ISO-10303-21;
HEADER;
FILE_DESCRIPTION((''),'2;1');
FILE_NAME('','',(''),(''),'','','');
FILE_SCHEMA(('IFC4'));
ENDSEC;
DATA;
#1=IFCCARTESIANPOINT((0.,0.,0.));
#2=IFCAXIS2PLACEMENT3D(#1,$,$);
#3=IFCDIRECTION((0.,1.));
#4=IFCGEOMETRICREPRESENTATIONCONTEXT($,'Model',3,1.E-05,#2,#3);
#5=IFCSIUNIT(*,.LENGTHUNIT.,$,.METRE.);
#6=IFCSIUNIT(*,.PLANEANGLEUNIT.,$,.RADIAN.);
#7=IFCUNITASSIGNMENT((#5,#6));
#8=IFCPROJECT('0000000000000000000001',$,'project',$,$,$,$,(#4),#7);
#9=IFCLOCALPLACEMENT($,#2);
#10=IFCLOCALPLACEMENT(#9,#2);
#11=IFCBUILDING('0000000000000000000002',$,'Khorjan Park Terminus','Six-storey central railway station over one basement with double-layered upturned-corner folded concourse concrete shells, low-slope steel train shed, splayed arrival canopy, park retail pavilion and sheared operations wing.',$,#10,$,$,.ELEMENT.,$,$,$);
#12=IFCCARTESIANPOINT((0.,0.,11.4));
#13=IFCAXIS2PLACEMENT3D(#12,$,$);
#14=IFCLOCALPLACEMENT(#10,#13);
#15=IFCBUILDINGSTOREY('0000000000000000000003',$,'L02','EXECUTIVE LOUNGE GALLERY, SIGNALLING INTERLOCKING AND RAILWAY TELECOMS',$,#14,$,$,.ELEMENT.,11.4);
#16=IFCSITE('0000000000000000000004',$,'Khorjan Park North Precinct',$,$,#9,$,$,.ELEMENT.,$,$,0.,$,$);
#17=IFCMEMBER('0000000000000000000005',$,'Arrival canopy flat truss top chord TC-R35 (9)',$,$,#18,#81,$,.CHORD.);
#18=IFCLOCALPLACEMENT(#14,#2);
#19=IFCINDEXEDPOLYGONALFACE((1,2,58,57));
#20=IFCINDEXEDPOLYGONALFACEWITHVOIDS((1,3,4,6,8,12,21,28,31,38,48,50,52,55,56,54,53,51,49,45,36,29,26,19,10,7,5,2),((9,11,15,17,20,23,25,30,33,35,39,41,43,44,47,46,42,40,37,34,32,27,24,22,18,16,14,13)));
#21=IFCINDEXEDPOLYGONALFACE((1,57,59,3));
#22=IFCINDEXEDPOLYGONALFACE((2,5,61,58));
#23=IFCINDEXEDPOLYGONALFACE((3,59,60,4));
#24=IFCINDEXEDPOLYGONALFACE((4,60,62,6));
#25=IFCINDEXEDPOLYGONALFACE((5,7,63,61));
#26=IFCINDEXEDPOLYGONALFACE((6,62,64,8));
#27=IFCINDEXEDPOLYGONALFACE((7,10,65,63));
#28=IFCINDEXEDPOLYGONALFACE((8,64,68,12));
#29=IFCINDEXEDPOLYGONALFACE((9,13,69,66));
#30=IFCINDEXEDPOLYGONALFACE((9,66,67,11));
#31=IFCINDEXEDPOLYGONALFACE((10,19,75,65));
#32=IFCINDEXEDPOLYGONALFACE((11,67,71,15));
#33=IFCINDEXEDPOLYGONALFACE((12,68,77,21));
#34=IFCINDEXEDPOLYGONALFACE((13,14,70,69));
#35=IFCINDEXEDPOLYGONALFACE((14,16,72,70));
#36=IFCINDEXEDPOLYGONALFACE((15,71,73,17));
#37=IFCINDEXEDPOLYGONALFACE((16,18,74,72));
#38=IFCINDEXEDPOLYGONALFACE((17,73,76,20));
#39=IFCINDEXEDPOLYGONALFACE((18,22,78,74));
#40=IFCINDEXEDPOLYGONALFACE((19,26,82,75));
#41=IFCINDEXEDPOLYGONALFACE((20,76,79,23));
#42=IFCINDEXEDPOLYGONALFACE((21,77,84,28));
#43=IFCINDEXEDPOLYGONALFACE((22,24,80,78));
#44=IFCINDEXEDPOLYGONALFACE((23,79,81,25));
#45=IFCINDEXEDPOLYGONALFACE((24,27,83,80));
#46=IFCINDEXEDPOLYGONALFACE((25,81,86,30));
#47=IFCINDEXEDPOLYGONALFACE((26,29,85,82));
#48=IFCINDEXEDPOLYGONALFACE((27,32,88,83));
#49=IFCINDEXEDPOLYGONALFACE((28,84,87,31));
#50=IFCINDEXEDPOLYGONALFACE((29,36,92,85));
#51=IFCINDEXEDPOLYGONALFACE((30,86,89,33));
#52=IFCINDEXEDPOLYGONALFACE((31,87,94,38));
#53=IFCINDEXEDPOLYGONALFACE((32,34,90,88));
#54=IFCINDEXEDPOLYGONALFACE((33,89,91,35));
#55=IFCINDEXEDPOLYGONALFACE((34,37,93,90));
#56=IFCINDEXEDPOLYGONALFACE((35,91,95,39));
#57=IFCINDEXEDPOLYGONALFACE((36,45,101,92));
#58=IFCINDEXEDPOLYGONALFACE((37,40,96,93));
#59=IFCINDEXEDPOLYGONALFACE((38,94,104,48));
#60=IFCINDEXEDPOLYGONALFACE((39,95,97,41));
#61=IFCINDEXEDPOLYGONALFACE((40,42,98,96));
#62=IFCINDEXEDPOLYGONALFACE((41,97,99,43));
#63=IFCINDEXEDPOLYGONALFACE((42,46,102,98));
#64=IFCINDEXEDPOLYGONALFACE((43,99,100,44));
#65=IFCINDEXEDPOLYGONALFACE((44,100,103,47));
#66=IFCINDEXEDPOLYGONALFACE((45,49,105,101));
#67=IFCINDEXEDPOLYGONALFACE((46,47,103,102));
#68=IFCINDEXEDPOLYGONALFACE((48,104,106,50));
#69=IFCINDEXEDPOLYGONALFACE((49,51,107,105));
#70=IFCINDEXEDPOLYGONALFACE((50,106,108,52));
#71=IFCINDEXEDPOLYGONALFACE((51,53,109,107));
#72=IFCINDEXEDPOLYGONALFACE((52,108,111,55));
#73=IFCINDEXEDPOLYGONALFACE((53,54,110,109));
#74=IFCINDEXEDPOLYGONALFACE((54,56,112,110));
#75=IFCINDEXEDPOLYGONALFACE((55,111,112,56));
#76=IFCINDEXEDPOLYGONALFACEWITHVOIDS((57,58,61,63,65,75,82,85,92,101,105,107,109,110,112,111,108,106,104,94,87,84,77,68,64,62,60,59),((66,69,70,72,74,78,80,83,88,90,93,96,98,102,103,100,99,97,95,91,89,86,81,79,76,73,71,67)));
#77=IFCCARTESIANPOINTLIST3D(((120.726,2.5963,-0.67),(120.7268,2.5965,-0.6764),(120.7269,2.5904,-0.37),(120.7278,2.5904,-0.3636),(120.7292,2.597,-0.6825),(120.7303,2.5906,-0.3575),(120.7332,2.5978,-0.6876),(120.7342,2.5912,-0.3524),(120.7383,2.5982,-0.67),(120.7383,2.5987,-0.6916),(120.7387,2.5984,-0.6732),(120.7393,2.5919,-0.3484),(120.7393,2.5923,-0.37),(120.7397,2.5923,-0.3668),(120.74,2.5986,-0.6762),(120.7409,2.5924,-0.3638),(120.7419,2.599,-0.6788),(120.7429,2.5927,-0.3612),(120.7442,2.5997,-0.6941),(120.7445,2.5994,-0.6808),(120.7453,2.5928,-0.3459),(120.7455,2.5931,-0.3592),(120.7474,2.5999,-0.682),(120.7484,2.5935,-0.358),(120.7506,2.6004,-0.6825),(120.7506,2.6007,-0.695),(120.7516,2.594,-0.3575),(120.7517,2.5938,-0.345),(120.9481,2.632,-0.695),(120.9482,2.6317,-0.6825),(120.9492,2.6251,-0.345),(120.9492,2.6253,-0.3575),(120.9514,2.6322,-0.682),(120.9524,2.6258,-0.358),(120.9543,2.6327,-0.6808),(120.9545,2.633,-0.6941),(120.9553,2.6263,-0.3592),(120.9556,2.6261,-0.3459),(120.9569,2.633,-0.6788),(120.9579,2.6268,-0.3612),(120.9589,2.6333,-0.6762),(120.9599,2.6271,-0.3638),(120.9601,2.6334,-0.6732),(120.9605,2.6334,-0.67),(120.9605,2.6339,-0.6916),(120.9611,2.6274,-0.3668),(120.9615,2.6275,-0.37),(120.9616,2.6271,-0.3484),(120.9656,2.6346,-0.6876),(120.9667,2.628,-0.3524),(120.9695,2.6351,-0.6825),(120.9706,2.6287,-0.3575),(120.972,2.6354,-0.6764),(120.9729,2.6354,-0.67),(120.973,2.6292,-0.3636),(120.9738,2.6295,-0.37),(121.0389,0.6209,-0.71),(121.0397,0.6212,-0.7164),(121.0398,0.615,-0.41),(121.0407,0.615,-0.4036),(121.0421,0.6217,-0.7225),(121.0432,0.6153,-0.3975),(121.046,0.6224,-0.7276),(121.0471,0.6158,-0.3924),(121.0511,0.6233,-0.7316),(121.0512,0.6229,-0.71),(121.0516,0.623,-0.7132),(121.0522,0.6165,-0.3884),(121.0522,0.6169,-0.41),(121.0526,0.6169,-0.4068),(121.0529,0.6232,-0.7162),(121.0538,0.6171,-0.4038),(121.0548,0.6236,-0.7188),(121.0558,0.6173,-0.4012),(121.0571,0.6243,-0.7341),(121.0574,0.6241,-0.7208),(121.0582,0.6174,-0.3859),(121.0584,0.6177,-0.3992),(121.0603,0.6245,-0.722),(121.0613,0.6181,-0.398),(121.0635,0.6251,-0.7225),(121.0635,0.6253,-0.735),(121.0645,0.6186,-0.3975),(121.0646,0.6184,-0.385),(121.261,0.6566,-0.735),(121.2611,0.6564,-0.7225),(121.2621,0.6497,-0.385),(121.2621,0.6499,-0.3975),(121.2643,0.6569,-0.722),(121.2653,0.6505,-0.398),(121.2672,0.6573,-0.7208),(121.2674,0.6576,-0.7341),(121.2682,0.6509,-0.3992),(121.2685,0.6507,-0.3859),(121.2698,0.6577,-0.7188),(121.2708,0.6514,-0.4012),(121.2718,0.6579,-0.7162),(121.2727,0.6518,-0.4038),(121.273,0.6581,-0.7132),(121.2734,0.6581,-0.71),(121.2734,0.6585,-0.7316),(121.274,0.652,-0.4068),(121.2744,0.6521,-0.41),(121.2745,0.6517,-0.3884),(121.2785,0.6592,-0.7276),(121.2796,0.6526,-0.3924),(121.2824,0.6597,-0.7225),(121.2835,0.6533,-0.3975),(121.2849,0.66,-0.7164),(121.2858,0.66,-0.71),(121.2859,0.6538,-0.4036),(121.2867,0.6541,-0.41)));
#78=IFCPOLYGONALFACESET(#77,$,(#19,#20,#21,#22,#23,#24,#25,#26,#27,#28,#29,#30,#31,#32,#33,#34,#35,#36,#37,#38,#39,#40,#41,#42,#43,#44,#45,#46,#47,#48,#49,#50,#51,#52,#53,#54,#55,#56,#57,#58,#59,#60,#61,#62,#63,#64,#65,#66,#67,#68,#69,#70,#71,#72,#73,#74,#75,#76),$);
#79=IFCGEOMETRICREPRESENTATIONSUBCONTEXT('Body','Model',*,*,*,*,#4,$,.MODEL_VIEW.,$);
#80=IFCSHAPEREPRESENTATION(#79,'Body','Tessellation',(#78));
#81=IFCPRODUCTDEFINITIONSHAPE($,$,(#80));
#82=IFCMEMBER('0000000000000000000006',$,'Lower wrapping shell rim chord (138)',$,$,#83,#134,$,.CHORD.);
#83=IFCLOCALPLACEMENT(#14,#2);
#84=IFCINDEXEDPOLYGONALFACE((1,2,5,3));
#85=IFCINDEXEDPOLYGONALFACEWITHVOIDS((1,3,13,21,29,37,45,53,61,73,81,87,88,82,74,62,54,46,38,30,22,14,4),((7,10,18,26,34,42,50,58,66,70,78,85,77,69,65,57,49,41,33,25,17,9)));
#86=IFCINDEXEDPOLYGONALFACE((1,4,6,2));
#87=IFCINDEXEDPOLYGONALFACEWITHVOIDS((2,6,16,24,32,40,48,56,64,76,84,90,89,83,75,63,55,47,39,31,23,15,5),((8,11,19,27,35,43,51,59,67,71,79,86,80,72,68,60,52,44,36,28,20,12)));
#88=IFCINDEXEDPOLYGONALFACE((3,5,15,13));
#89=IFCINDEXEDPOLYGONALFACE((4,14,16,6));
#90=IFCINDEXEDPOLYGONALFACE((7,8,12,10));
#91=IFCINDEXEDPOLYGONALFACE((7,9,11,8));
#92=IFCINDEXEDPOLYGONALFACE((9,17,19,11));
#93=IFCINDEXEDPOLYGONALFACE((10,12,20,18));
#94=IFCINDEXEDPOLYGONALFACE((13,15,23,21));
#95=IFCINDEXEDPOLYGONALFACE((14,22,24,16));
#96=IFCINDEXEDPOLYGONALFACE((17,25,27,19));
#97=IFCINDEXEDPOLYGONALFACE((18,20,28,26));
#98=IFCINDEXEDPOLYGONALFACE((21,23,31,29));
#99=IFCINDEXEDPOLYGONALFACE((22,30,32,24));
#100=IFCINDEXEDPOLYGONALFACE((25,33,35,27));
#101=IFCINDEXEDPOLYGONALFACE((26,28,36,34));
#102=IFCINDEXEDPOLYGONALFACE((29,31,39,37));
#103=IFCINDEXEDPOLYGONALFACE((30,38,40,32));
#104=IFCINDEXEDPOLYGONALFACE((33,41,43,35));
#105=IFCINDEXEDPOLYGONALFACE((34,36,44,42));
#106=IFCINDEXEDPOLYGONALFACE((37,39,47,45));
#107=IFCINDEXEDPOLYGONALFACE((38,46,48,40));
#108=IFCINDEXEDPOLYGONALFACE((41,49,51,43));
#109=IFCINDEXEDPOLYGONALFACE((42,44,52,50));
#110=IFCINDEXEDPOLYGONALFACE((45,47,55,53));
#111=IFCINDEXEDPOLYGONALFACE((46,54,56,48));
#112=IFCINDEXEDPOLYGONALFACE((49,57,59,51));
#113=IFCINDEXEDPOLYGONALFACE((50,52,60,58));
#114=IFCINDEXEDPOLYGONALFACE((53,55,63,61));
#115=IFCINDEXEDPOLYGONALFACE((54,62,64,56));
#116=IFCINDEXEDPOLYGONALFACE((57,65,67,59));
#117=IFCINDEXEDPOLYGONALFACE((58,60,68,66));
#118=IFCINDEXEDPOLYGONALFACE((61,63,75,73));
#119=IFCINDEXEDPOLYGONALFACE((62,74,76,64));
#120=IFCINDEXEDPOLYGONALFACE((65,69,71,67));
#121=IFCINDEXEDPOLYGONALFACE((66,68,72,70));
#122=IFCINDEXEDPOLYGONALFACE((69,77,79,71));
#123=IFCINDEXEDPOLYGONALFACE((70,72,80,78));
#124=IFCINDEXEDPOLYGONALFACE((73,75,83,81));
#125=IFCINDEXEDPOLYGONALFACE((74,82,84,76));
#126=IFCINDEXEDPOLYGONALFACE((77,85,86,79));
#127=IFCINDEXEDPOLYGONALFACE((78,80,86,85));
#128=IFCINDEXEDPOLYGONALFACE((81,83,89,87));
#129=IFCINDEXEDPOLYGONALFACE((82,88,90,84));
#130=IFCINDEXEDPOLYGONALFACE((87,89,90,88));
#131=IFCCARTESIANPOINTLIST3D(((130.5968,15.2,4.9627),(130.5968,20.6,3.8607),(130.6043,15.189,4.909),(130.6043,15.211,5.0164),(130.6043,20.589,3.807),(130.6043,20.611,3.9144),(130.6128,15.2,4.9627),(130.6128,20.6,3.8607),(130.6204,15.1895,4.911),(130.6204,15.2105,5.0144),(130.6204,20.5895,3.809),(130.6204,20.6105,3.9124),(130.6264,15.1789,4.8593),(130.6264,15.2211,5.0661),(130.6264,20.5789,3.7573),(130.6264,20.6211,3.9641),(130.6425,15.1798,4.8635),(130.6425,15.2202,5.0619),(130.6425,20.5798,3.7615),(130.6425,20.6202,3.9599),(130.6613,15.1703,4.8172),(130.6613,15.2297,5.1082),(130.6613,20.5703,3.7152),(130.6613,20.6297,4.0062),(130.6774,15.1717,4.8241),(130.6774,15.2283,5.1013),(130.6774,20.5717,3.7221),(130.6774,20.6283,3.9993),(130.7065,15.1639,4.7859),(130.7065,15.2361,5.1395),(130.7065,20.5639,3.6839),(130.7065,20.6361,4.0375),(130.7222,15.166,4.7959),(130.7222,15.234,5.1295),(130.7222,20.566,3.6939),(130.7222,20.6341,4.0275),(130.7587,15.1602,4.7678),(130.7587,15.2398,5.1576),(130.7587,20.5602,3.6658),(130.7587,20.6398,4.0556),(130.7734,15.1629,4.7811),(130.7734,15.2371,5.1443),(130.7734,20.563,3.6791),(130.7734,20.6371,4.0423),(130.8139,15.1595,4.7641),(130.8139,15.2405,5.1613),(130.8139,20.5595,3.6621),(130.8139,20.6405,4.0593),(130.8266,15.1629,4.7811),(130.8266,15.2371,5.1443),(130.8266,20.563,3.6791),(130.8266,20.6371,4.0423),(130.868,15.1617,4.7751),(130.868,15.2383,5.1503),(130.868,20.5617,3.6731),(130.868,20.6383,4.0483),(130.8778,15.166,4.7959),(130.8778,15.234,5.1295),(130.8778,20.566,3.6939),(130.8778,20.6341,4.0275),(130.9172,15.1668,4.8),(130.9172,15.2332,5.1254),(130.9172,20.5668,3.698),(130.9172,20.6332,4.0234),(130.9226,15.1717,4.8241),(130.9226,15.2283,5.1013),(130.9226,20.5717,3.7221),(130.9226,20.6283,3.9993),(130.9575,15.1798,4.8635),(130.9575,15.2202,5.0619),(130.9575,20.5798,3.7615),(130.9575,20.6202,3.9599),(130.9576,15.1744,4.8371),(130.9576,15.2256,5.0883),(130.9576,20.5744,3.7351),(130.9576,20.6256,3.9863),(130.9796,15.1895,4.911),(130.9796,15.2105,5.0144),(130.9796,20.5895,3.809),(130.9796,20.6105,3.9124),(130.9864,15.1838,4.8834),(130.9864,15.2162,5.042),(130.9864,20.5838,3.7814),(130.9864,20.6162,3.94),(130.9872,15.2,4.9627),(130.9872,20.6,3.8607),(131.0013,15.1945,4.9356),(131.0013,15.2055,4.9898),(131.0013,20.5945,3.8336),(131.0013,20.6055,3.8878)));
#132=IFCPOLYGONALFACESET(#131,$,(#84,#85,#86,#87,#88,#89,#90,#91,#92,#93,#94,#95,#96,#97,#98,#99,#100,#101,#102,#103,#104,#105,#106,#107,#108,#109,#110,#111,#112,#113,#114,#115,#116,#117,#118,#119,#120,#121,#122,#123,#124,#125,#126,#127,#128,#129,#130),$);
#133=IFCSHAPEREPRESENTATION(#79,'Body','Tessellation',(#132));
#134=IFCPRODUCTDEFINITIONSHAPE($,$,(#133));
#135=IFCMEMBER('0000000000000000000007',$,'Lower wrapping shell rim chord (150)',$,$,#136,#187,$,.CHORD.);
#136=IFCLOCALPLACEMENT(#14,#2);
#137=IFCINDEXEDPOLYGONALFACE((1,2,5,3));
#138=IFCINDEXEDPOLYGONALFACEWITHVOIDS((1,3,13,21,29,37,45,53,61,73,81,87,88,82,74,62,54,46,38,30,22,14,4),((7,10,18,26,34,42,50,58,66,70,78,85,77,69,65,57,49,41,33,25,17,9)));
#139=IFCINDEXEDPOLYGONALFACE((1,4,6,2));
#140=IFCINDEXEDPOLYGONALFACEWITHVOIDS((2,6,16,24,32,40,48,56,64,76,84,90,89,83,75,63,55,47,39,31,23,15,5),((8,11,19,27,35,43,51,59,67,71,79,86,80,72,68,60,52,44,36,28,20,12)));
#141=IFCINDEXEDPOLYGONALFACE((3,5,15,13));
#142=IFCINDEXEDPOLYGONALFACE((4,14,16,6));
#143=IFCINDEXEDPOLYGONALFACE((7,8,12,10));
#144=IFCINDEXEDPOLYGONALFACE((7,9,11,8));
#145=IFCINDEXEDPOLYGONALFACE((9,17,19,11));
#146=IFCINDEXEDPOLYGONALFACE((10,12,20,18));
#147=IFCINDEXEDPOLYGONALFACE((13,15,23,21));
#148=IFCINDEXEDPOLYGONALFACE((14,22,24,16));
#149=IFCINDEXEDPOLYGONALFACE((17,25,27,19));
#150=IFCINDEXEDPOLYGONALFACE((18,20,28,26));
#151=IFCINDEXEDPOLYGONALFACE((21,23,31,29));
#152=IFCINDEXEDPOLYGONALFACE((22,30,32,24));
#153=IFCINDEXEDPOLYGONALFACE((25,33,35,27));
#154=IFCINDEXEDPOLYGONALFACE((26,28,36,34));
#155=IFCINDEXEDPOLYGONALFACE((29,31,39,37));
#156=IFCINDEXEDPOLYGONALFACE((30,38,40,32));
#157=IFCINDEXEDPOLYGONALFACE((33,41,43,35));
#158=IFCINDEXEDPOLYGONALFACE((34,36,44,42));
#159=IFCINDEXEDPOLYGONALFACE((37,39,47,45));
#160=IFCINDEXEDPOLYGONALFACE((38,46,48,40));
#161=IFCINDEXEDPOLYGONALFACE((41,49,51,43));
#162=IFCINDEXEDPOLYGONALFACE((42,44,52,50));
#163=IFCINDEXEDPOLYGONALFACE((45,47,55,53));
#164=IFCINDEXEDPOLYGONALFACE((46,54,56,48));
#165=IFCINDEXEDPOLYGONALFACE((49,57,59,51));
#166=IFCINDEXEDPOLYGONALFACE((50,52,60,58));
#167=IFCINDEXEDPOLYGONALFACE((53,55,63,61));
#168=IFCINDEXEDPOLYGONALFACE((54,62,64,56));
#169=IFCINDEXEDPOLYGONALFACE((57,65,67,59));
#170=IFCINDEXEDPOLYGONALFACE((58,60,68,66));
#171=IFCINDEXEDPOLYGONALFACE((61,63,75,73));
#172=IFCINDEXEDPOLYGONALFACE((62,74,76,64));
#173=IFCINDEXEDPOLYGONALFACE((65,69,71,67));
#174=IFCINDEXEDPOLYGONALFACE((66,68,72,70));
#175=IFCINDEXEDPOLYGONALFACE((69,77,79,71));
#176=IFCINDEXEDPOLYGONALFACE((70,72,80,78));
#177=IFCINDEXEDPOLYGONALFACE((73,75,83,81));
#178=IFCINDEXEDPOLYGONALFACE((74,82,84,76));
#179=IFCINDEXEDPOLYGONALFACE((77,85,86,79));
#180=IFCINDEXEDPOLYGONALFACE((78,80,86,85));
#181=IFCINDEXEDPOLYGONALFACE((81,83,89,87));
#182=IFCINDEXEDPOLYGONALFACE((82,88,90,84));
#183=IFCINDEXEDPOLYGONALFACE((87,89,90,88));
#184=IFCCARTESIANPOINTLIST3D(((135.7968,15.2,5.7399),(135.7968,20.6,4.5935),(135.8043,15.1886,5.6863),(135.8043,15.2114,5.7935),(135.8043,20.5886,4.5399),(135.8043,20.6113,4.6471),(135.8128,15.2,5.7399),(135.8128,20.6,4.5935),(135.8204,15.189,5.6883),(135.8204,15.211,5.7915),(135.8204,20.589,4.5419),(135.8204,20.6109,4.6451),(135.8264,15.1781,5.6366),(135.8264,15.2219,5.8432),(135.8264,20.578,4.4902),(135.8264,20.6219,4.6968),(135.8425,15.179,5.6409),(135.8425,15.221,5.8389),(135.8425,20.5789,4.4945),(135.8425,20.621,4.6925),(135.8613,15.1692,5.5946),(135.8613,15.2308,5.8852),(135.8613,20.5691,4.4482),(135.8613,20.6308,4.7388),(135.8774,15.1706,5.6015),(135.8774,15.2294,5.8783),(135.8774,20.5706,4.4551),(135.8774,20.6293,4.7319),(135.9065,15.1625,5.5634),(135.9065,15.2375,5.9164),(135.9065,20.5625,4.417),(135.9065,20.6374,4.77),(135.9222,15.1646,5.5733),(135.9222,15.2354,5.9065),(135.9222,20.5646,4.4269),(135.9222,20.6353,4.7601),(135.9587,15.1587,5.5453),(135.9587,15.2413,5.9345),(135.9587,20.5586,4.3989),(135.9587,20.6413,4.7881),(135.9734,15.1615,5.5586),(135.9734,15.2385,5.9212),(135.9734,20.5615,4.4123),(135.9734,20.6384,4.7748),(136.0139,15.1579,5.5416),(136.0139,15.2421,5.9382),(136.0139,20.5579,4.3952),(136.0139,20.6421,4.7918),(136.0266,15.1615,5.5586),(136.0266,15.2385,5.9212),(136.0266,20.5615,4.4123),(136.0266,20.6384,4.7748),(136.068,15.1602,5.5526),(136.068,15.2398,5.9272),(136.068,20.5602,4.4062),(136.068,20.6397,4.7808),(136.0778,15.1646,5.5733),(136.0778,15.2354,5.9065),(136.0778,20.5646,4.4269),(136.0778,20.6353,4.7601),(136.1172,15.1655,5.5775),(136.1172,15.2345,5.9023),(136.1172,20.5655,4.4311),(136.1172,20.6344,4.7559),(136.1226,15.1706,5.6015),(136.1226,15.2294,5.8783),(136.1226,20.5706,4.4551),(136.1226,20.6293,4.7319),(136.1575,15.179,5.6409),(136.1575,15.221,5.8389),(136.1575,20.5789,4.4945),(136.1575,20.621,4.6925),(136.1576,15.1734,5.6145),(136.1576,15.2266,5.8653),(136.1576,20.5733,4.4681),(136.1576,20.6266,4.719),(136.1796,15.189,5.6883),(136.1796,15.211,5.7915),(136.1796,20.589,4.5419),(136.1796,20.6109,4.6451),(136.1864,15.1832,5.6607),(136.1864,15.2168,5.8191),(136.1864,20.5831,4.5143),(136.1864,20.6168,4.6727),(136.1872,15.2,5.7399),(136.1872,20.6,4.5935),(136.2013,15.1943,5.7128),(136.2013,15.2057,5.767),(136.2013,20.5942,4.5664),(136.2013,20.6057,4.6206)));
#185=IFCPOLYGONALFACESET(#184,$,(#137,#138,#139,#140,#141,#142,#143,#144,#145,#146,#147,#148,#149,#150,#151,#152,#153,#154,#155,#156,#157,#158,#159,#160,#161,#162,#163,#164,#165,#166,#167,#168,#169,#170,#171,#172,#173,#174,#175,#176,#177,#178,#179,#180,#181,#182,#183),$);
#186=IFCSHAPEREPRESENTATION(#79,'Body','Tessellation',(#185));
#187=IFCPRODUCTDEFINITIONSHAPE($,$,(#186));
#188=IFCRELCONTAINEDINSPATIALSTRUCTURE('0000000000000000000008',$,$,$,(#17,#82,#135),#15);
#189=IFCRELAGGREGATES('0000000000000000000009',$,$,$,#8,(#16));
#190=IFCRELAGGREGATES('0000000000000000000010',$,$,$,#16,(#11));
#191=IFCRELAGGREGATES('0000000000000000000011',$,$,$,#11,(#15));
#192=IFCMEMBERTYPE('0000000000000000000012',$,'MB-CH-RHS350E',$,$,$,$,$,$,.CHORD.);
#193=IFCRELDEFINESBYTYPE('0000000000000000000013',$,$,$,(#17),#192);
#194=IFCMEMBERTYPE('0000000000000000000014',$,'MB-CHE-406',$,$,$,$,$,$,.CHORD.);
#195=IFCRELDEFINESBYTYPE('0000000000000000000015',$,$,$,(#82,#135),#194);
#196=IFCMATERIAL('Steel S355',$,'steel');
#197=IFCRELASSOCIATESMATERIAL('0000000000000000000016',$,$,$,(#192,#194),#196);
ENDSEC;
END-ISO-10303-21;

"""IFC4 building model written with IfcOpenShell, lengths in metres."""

from ifc_helpers import new_model, si_unit, direction, frame, origin, origin_2d, place, context, subcontext, project, spatial, hollow_rectangle, hollow_circle, extrude, material, material_profile, profile_set, type_object, element, save


model = new_model("IFC4")

# Units and contexts
model_context = context("Model", 3, precision=1e-05, world=origin(), true_north=direction((0.0, 1.0)))
body_context = subcontext(model_context, "Body", "Model", "MODEL_VIEW")
ifc_project = project(units=[si_unit("LENGTHUNIT", "METRE"), si_unit("PLANEANGLEUNIT", "RADIAN")], contexts=[model_context])

# Site, building, storey
site_placement = place(None, origin())
site = spatial("IfcSite", under=ifc_project, at=site_placement, Name="Khorjan Park North Precinct", CompositionType="ELEMENT", RefElevation=0.0)
building_placement = place(site_placement, origin())
building = spatial("IfcBuilding", under=site, at=building_placement, Name="Khorjan Park Terminus", Description="Six-storey central railway station over one basement with double-layered upturned-corner folded concourse concrete shells, low-slope steel train shed, splayed arrival canopy, park retail pavilion and sheared operations wing.", CompositionType="ELEMENT")
storey_placement = place(building_placement, frame((0.0, 0.0, 11.4)))
storey = spatial("IfcBuildingStorey", under=building, at=storey_placement, Name="L02", Description="EXECUTIVE LOUNGE GALLERY, SIGNALLING INTERLOCKING AND RAILWAY TELECOMS", CompositionType="ELEMENT", Elevation=11.4)

# Members
ifc_material_1 = material(Name="Steel S355", Category="steel")
ifc_material_profile_1 = material_profile(ifc_material_1, hollow_rectangle(XDim=0.25, YDim=0.35, WallThickness=0.0125, InnerFilletRadius=0.0125, OuterFilletRadius=0.025, at=origin_2d()), Name="RHS 350x250x12.5")
ifc_profile_set_1 = profile_set([ifc_material_profile_1], Name="Steel S355")
member_type_1 = type_object("IfcMemberType", Name="MB-CH-RHS350E", PredefinedType="CHORD", material=ifc_profile_set_1)
member_1_placement = place(storey_placement, frame((121.1628, 0.6375, -0.56), z_axis=(-0.156417, 0.987489, 0.019996), x_axis=(-0.987686, -0.156448, 0.0)))
element("IfcMember", 1, at=member_1_placement, inside=storey, type_object=member_type_1, Name="Arrival canopy flat truss top chord TC-R35 (9)", PredefinedType="CHORD", context=body_context, shape_type="SweptSolid", body=[
    extrude(hollow_rectangle(XDim=0.25, YDim=0.35, WallThickness=0.0125, InnerFilletRadius=0.0125, OuterFilletRadius=0.025, at=origin_2d()), origin(), (0.0, 0.0, 1.0), 2.0004),
])
ifc_material_profile_2 = material_profile(ifc_material_1, hollow_circle(Radius=0.2032, WallThickness=0.016, at=origin_2d()), Name="CHS 406.4x16")
ifc_profile_set_2 = profile_set([ifc_material_profile_2], Name="Steel S355")
member_type_2 = type_object("IfcMemberType", Name="MB-CHE-406", PredefinedType="CHORD", material=ifc_profile_set_2)
member_2_placement = place(storey_placement, frame((130.8, 15.2, 4.9627), z_axis=(0.0, 0.979806, -0.199953), x_axis=(-1.0, 0.0, 0.0)))
element("IfcMember", 2, at=member_2_placement, inside=storey, type_object=member_type_2, Name="Lower wrapping shell rim chord (138)", PredefinedType="CHORD", context=body_context, shape_type="SweptSolid", body=[
    extrude(hollow_circle(Radius=0.2032, WallThickness=0.016, at=origin_2d()), origin(), (0.0, 0.0, 1.0), 5.5113),
])
member_3_placement = place(storey_placement, frame((136.0, 15.2, 5.7399), z_axis=(0.0, 0.978199, -0.207668), x_axis=(-1.0, 0.0, 0.0)))
element("IfcMember", 3, at=member_3_placement, inside=storey, type_object=member_type_2, Name="Lower wrapping shell rim chord (150)", PredefinedType="CHORD", context=body_context, shape_type="SweptSolid", body=[
    extrude(hollow_circle(Radius=0.2032, WallThickness=0.016, at=origin_2d()), origin(), (0.0, 0.0, 1.0), 5.5203),
])

save(model, "model.ifc")
